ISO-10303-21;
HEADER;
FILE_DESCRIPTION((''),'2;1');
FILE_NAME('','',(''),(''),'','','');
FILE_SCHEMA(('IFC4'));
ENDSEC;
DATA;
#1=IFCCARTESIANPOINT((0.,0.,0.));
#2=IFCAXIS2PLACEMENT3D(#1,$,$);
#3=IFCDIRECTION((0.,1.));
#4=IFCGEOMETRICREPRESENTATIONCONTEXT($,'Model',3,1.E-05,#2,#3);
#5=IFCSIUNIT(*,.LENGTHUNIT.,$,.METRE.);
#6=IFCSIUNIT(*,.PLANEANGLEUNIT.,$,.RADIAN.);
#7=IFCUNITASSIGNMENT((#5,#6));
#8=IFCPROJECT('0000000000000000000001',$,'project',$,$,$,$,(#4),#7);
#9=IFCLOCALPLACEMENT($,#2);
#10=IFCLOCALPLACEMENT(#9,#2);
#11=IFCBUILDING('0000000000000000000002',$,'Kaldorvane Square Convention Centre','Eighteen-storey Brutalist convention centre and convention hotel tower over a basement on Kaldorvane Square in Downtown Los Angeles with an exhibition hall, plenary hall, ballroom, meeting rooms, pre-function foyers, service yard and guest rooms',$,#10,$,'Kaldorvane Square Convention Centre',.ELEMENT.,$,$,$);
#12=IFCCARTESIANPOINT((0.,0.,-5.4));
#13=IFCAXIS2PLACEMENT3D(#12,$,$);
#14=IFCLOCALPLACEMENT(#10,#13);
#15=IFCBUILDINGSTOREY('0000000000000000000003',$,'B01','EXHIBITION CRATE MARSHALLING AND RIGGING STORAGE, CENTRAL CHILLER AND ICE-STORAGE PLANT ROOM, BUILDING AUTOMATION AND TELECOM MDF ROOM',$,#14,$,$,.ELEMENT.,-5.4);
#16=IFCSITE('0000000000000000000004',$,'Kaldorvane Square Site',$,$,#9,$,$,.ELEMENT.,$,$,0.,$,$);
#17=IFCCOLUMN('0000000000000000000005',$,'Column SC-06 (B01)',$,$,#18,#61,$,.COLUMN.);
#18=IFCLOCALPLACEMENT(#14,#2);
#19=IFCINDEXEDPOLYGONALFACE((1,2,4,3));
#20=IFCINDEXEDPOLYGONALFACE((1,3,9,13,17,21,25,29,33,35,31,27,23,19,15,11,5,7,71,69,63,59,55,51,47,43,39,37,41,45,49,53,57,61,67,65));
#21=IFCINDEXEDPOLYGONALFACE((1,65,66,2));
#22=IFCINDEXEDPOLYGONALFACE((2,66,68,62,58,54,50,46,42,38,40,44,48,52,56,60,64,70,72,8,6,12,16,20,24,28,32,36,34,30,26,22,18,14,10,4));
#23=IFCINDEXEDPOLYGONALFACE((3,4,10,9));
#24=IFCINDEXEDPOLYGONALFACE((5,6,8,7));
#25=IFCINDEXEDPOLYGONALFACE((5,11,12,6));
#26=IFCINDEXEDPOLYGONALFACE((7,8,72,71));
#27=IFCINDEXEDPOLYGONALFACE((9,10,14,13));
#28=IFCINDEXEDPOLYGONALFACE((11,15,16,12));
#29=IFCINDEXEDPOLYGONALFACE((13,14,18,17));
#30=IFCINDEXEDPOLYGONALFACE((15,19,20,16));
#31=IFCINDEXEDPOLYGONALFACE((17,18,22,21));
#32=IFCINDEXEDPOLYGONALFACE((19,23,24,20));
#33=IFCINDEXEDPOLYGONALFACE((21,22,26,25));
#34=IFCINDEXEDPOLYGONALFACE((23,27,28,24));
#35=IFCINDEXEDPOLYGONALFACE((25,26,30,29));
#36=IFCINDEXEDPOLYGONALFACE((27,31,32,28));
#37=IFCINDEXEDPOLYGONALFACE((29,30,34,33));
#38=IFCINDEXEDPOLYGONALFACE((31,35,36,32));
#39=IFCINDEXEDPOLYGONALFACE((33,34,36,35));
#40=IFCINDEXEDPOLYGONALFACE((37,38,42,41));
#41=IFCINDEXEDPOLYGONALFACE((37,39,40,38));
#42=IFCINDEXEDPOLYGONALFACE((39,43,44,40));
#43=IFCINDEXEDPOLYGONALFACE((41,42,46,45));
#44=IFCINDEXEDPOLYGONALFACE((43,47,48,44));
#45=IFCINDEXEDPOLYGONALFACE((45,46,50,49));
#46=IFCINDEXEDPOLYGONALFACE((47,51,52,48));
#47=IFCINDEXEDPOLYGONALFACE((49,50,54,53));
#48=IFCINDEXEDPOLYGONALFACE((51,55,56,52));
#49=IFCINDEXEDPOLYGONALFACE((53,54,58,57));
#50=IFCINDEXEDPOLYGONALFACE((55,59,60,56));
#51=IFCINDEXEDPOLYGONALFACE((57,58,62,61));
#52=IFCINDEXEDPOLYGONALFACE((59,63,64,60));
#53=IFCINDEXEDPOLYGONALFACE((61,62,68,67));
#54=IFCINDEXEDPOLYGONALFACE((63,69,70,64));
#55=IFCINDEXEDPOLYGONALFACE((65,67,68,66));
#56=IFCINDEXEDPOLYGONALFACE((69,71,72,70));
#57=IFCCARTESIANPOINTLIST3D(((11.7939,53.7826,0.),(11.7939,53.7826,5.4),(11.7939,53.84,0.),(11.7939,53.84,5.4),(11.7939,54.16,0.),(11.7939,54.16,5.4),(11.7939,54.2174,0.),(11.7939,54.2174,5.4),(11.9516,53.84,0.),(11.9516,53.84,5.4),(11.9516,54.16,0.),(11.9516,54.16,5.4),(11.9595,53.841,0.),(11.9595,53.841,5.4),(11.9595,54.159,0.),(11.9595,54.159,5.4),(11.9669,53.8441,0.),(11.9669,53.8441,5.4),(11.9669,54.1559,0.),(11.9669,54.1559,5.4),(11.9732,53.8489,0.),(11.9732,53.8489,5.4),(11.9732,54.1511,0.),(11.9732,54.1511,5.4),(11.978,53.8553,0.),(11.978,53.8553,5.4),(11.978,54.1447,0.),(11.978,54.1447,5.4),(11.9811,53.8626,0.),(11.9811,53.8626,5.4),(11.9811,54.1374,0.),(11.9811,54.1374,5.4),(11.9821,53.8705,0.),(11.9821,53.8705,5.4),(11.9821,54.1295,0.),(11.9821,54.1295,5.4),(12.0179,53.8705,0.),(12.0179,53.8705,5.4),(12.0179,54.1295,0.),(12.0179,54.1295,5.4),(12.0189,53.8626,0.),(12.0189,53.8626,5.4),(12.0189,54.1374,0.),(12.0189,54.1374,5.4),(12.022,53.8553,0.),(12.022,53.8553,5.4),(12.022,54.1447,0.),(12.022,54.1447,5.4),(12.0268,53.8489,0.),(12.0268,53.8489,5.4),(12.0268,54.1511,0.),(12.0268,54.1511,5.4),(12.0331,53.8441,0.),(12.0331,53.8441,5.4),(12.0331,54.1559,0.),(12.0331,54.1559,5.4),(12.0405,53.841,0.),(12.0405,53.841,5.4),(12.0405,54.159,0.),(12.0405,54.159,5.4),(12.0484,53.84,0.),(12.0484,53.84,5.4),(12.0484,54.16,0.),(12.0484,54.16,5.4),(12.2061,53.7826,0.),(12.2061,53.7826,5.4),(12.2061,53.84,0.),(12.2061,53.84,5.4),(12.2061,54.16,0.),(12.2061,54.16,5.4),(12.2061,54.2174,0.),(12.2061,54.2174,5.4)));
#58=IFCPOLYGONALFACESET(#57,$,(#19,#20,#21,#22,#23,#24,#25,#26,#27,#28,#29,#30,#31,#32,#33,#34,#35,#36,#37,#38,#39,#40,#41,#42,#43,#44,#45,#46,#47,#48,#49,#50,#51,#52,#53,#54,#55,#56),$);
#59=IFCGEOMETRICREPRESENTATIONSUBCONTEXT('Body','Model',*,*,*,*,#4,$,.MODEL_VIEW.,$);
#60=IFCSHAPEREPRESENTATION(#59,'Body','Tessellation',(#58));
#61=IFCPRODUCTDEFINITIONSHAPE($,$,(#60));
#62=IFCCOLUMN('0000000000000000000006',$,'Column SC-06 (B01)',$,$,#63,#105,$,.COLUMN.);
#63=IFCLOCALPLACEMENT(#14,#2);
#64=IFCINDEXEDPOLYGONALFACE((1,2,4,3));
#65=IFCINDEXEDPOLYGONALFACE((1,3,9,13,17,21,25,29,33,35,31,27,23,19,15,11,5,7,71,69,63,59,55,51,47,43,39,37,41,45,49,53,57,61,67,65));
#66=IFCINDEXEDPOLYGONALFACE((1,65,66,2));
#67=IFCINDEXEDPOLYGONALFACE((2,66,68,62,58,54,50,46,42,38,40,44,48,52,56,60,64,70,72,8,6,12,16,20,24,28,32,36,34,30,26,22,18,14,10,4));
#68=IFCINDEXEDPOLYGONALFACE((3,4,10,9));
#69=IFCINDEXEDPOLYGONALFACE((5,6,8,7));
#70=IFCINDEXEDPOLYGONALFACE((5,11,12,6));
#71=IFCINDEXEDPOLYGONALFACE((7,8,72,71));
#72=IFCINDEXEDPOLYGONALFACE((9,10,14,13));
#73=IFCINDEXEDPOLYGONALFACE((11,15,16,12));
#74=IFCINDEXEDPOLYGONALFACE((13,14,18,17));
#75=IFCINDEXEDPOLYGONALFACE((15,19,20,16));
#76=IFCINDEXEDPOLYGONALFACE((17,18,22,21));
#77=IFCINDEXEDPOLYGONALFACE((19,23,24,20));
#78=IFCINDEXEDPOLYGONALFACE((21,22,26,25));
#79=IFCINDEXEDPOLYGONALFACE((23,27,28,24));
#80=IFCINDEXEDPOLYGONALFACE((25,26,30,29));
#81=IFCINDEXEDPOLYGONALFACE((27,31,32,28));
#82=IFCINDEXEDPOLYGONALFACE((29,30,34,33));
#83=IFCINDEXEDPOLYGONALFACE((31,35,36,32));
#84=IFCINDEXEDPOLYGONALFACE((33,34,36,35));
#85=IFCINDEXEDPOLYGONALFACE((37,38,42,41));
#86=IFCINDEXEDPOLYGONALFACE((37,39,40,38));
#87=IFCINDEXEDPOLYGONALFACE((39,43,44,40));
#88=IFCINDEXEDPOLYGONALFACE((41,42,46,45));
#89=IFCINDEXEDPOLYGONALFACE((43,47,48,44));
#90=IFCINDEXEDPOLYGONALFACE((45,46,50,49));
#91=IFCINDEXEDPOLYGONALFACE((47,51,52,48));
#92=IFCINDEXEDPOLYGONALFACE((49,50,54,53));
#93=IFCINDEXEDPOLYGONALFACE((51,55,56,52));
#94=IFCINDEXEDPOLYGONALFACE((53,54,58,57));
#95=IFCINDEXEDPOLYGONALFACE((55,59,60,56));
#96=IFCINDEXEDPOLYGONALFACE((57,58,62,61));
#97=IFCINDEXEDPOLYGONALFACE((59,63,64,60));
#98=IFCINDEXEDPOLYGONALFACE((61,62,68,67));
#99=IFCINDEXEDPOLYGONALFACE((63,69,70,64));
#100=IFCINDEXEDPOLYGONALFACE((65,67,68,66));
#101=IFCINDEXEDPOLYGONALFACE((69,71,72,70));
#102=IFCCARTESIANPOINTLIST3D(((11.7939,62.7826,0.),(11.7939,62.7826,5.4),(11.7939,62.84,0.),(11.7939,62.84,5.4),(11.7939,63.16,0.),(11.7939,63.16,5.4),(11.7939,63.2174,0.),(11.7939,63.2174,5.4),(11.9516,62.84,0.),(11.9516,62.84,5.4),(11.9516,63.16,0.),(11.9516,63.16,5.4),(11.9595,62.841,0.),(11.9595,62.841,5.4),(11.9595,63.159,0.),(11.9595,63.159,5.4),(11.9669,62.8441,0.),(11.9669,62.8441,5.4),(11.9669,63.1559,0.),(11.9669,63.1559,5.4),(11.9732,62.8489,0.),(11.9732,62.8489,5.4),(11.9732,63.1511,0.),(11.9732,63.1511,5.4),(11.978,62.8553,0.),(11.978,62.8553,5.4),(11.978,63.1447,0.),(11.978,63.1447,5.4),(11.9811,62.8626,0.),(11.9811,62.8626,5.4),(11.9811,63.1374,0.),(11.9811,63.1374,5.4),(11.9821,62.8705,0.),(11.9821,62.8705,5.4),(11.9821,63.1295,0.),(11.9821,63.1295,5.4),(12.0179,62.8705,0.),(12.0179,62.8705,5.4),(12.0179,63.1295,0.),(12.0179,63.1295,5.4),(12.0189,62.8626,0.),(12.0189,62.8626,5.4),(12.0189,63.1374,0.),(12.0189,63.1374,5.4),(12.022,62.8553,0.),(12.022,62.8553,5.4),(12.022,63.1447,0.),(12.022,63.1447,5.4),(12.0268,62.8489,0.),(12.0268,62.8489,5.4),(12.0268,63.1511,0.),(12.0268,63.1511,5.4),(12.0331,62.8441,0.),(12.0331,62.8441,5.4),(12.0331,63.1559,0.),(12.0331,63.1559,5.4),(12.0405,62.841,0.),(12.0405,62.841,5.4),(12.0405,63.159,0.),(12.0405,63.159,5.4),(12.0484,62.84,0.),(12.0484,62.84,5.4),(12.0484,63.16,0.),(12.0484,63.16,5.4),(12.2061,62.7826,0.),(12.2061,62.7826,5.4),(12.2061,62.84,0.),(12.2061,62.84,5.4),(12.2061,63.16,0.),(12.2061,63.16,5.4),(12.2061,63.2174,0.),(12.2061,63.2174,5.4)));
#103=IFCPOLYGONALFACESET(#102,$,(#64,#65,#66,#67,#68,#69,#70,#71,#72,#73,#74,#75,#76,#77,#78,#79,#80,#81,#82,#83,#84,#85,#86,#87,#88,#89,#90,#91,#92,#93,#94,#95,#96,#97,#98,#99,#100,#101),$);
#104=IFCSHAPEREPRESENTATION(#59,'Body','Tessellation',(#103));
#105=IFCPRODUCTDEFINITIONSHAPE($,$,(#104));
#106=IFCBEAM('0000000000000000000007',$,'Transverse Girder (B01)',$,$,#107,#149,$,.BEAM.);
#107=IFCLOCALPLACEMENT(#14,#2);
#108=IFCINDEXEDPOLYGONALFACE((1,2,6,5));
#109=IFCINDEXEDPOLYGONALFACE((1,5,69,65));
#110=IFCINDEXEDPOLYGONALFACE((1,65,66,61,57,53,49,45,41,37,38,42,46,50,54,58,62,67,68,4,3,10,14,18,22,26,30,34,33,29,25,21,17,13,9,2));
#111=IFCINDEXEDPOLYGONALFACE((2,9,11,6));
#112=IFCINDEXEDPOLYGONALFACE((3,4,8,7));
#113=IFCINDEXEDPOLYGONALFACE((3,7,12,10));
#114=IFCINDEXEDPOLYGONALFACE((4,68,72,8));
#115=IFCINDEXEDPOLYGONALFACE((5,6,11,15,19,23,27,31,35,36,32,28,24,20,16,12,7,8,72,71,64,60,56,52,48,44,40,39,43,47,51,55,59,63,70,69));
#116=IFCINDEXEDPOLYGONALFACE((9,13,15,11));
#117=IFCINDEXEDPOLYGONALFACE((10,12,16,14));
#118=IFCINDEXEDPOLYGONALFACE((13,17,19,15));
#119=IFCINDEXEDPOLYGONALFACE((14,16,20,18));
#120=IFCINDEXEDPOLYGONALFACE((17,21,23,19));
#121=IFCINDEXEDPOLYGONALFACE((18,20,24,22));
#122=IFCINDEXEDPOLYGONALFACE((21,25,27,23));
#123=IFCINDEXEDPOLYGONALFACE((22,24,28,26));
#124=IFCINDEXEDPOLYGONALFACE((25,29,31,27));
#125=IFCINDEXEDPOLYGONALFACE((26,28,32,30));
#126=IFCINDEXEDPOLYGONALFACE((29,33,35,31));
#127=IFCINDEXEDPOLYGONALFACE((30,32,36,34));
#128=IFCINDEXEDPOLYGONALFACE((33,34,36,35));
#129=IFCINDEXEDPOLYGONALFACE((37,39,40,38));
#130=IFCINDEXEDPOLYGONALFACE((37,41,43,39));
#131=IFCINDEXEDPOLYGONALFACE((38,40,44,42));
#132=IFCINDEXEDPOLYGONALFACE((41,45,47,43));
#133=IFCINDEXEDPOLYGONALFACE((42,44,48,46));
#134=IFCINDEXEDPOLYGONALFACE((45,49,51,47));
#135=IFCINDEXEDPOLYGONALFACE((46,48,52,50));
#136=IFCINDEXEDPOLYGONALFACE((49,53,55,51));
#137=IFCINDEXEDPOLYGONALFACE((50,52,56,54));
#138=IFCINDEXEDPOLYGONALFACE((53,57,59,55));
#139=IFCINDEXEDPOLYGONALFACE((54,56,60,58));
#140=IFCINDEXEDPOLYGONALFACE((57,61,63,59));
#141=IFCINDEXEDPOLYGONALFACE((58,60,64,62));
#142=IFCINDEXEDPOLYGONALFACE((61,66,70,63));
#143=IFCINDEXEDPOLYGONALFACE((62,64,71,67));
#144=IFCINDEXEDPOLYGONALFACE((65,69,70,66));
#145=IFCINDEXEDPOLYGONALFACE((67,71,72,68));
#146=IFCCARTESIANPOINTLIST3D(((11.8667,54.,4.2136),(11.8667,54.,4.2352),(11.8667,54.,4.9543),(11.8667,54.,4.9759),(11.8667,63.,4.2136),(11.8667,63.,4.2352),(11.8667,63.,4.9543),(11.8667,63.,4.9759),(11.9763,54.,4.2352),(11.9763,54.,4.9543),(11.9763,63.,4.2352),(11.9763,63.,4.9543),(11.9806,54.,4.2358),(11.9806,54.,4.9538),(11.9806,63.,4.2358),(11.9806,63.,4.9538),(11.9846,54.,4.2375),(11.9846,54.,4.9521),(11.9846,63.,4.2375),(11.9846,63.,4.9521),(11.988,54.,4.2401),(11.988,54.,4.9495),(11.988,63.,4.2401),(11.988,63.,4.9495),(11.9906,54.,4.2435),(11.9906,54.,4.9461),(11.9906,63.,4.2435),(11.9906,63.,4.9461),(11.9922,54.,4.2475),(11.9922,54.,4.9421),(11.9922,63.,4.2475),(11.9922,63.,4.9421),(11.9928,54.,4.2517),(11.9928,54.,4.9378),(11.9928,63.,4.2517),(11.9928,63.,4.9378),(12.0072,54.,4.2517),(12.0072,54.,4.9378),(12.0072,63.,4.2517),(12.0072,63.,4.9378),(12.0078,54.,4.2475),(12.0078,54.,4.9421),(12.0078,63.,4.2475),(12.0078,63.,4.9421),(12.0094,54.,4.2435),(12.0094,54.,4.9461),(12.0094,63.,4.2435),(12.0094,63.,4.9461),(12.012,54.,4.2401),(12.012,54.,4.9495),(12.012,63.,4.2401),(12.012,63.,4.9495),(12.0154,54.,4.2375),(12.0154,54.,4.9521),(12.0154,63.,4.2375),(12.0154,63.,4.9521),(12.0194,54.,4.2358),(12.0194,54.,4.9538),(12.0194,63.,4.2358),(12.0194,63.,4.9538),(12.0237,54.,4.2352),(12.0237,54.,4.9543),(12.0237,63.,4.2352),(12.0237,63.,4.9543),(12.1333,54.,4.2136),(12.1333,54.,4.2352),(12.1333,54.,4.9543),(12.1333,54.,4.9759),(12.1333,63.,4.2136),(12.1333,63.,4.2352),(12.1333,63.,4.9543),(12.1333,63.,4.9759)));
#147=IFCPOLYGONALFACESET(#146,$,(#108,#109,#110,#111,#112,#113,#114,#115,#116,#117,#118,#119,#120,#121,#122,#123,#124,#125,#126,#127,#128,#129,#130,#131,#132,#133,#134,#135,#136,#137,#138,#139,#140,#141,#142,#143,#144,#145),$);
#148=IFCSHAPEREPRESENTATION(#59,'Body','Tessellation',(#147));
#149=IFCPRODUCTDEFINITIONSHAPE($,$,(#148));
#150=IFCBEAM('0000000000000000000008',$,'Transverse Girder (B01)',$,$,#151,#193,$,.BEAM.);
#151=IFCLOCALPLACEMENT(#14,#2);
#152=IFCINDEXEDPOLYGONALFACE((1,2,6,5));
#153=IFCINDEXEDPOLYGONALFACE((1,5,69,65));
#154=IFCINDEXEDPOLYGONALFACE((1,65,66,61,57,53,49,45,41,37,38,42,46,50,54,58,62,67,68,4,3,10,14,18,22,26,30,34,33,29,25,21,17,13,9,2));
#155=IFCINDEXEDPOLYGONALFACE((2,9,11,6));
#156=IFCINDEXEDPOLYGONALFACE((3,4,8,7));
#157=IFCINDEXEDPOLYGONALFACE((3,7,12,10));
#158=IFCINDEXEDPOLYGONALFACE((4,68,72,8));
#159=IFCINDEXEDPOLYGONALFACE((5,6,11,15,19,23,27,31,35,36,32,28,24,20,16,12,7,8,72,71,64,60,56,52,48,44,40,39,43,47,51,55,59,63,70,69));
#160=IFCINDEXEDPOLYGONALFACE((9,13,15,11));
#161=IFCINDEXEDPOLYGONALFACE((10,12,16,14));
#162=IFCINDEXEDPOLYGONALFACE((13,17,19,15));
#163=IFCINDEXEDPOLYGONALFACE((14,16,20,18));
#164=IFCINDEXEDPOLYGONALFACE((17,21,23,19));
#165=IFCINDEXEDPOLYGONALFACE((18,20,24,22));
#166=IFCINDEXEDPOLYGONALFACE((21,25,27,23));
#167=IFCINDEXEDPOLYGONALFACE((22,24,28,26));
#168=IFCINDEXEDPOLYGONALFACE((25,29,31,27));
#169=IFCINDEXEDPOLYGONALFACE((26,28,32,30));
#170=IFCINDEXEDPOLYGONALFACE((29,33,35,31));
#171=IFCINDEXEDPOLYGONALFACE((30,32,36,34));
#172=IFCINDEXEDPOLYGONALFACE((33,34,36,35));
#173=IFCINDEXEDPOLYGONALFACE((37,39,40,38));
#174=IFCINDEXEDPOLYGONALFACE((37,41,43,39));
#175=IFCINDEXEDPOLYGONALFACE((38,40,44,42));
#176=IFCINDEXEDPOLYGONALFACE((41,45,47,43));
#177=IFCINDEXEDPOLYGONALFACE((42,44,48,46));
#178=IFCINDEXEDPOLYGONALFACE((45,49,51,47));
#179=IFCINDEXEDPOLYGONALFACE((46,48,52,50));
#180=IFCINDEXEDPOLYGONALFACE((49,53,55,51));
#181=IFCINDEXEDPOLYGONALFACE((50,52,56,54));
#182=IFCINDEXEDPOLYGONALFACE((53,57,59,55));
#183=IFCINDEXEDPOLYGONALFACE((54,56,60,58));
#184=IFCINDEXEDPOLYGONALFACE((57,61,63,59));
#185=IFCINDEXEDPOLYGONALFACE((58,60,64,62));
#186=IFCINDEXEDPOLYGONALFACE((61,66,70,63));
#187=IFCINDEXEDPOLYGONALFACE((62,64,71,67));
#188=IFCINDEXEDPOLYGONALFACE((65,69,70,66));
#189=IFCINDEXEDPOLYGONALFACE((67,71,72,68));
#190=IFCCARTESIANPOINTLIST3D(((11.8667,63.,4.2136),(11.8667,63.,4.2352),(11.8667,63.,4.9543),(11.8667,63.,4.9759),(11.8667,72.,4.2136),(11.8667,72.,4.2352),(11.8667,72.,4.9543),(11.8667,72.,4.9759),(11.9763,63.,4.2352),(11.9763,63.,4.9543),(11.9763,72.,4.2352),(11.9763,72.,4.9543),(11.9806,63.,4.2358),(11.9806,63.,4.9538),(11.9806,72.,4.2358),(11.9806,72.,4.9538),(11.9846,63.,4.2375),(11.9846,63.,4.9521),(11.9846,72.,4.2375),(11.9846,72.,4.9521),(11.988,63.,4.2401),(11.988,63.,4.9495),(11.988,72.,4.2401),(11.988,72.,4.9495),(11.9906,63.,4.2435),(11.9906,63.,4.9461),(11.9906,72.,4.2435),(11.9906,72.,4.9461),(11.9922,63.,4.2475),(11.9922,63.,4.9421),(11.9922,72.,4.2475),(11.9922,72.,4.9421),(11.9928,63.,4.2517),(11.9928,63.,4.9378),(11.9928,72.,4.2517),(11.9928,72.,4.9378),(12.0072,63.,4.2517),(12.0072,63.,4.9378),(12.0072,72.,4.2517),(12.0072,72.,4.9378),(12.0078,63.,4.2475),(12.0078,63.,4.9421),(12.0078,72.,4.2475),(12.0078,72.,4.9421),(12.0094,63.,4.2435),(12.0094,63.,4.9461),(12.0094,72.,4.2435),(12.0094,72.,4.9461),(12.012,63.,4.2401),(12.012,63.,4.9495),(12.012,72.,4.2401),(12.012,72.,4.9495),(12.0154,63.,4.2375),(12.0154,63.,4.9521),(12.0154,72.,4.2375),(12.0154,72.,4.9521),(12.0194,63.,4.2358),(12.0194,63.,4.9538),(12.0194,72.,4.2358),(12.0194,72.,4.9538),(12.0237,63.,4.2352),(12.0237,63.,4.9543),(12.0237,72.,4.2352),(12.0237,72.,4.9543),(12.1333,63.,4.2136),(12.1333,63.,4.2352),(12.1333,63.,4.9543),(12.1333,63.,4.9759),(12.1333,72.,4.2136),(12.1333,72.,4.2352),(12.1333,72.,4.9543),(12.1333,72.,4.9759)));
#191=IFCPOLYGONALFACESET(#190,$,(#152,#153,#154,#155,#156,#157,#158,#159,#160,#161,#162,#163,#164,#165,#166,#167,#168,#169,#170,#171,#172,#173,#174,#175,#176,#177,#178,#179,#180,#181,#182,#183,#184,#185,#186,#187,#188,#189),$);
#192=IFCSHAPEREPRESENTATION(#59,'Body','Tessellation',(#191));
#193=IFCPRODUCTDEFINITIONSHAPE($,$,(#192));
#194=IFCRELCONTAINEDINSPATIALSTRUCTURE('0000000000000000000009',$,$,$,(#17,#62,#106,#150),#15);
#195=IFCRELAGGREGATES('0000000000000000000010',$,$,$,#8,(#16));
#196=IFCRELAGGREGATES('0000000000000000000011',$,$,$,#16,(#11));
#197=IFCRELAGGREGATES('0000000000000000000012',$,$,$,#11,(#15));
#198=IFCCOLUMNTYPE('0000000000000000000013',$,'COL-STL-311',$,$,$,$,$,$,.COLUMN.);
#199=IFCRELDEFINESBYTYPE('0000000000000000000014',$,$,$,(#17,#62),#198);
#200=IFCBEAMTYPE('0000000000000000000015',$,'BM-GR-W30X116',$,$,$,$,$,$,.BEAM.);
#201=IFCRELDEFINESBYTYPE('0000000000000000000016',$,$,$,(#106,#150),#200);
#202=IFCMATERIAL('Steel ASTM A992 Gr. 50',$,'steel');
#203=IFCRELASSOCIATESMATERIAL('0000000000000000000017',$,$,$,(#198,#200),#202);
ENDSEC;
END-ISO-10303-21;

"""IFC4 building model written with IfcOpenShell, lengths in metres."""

from ifc_helpers import new_model, si_unit, direction, frame, origin, origin_2d, place, context, subcontext, project, spatial, i_section, extrude, material, material_profile, profile_set, type_object, element, save


model = new_model("IFC4")

# Units and contexts
model_context = context("Model", 3, precision=1e-05, world=origin(), true_north=direction((0.0, 1.0)))
body_context = subcontext(model_context, "Body", "Model", "MODEL_VIEW")
ifc_project = project(units=[si_unit("LENGTHUNIT", "METRE"), si_unit("PLANEANGLEUNIT", "RADIAN")], contexts=[model_context])

# Site, building, storey
site_placement = place(None, origin())
site = spatial("IfcSite", under=ifc_project, at=site_placement, Name="Kaldorvane Square Site", CompositionType="ELEMENT", RefElevation=0.0)
building_placement = place(site_placement, origin())
building = spatial("IfcBuilding", under=site, at=building_placement, Name="Kaldorvane Square Convention Centre", Description="Eighteen-storey Brutalist convention centre and convention hotel tower over a basement on Kaldorvane Square in Downtown Los Angeles with an exhibition hall, plenary hall, ballroom, meeting rooms, pre-function foyers, service yard and guest rooms", LongName="Kaldorvane Square Convention Centre", CompositionType="ELEMENT")
storey_placement = place(building_placement, frame((0.0, 0.0, -5.4)))
storey = spatial("IfcBuildingStorey", under=building, at=storey_placement, Name="B01", Description="EXHIBITION CRATE MARSHALLING AND RIGGING STORAGE, CENTRAL CHILLER AND ICE-STORAGE PLANT ROOM, BUILDING AUTOMATION AND TELECOM MDF ROOM", CompositionType="ELEMENT", Elevation=-5.4)

# Columns
ifc_material_1 = material(Name="Steel ASTM A992 Gr. 50", Category="steel")
ifc_material_profile_1 = material_profile(ifc_material_1, i_section(OverallWidth=0.4122, OverallDepth=0.4348, WebThickness=0.0358, FlangeThickness=0.0574, FilletRadius=0.0305, at=origin_2d()), Name="W14X311")
ifc_profile_set_1 = profile_set([ifc_material_profile_1], Name="Steel ASTM A992 Gr. 50")
column_type_1 = type_object("IfcColumnType", Name="COL-STL-311", PredefinedType="COLUMN", material=ifc_profile_set_1)
for number, where, z_axis, x_axis, name in (
    (1, (12.0, 54.0, 0.0), (0.0, 0.0, 1.0), (1.0, 0.0, 0.0), "Column SC-06 (B01)"),
    (2, (12.0, 63.0, 0.0), (0.0, 0.0, 1.0), (1.0, 0.0, 0.0), "Column SC-06 (B01)"),
):
    element("IfcColumn", number, at=place(storey_placement, frame(where, z_axis=z_axis, x_axis=x_axis)), inside=storey, type_object=column_type_1, Name=name, PredefinedType="COLUMN", context=body_context, shape_type="SweptSolid", body=[
        extrude(i_section(OverallWidth=0.4122, OverallDepth=0.4348, WebThickness=0.0358, FlangeThickness=0.0574, FilletRadius=0.0305, at=origin_2d()), origin(), (0.0, 0.0, 1.0), 5.4),
    ])

# Beams
ifc_material_profile_2 = material_profile(ifc_material_1, i_section(OverallWidth=0.2666, OverallDepth=0.7623, WebThickness=0.0144, FlangeThickness=0.0216, FilletRadius=0.0165, at=origin_2d()), Name="W30X116")
ifc_profile_set_2 = profile_set([ifc_material_profile_2], Name="Steel ASTM A992 Gr. 50")
beam_type_1 = type_object("IfcBeamType", Name="BM-GR-W30X116", PredefinedType="BEAM", material=ifc_profile_set_2)
for number, where, z_axis, x_axis, name in (
    (3, (12.0, 54.0, 4.5948), (0.0, 1.0, 0.0), (-1.0, 0.0, 0.0), "Transverse Girder (B01)"),
    (4, (12.0, 63.0, 4.5948), (0.0, 1.0, 0.0), (-1.0, 0.0, 0.0), "Transverse Girder (B01)"),
):
    element("IfcBeam", number, at=place(storey_placement, frame(where, z_axis=z_axis, x_axis=x_axis)), inside=storey, type_object=beam_type_1, Name=name, PredefinedType="BEAM", context=body_context, shape_type="SweptSolid", body=[
        extrude(i_section(OverallWidth=0.2666, OverallDepth=0.7623, WebThickness=0.0144, FlangeThickness=0.0216, FilletRadius=0.0165, at=origin_2d()), origin(), (0.0, 0.0, 1.0), 9.0),
    ])

save(model, "model.ifc")
